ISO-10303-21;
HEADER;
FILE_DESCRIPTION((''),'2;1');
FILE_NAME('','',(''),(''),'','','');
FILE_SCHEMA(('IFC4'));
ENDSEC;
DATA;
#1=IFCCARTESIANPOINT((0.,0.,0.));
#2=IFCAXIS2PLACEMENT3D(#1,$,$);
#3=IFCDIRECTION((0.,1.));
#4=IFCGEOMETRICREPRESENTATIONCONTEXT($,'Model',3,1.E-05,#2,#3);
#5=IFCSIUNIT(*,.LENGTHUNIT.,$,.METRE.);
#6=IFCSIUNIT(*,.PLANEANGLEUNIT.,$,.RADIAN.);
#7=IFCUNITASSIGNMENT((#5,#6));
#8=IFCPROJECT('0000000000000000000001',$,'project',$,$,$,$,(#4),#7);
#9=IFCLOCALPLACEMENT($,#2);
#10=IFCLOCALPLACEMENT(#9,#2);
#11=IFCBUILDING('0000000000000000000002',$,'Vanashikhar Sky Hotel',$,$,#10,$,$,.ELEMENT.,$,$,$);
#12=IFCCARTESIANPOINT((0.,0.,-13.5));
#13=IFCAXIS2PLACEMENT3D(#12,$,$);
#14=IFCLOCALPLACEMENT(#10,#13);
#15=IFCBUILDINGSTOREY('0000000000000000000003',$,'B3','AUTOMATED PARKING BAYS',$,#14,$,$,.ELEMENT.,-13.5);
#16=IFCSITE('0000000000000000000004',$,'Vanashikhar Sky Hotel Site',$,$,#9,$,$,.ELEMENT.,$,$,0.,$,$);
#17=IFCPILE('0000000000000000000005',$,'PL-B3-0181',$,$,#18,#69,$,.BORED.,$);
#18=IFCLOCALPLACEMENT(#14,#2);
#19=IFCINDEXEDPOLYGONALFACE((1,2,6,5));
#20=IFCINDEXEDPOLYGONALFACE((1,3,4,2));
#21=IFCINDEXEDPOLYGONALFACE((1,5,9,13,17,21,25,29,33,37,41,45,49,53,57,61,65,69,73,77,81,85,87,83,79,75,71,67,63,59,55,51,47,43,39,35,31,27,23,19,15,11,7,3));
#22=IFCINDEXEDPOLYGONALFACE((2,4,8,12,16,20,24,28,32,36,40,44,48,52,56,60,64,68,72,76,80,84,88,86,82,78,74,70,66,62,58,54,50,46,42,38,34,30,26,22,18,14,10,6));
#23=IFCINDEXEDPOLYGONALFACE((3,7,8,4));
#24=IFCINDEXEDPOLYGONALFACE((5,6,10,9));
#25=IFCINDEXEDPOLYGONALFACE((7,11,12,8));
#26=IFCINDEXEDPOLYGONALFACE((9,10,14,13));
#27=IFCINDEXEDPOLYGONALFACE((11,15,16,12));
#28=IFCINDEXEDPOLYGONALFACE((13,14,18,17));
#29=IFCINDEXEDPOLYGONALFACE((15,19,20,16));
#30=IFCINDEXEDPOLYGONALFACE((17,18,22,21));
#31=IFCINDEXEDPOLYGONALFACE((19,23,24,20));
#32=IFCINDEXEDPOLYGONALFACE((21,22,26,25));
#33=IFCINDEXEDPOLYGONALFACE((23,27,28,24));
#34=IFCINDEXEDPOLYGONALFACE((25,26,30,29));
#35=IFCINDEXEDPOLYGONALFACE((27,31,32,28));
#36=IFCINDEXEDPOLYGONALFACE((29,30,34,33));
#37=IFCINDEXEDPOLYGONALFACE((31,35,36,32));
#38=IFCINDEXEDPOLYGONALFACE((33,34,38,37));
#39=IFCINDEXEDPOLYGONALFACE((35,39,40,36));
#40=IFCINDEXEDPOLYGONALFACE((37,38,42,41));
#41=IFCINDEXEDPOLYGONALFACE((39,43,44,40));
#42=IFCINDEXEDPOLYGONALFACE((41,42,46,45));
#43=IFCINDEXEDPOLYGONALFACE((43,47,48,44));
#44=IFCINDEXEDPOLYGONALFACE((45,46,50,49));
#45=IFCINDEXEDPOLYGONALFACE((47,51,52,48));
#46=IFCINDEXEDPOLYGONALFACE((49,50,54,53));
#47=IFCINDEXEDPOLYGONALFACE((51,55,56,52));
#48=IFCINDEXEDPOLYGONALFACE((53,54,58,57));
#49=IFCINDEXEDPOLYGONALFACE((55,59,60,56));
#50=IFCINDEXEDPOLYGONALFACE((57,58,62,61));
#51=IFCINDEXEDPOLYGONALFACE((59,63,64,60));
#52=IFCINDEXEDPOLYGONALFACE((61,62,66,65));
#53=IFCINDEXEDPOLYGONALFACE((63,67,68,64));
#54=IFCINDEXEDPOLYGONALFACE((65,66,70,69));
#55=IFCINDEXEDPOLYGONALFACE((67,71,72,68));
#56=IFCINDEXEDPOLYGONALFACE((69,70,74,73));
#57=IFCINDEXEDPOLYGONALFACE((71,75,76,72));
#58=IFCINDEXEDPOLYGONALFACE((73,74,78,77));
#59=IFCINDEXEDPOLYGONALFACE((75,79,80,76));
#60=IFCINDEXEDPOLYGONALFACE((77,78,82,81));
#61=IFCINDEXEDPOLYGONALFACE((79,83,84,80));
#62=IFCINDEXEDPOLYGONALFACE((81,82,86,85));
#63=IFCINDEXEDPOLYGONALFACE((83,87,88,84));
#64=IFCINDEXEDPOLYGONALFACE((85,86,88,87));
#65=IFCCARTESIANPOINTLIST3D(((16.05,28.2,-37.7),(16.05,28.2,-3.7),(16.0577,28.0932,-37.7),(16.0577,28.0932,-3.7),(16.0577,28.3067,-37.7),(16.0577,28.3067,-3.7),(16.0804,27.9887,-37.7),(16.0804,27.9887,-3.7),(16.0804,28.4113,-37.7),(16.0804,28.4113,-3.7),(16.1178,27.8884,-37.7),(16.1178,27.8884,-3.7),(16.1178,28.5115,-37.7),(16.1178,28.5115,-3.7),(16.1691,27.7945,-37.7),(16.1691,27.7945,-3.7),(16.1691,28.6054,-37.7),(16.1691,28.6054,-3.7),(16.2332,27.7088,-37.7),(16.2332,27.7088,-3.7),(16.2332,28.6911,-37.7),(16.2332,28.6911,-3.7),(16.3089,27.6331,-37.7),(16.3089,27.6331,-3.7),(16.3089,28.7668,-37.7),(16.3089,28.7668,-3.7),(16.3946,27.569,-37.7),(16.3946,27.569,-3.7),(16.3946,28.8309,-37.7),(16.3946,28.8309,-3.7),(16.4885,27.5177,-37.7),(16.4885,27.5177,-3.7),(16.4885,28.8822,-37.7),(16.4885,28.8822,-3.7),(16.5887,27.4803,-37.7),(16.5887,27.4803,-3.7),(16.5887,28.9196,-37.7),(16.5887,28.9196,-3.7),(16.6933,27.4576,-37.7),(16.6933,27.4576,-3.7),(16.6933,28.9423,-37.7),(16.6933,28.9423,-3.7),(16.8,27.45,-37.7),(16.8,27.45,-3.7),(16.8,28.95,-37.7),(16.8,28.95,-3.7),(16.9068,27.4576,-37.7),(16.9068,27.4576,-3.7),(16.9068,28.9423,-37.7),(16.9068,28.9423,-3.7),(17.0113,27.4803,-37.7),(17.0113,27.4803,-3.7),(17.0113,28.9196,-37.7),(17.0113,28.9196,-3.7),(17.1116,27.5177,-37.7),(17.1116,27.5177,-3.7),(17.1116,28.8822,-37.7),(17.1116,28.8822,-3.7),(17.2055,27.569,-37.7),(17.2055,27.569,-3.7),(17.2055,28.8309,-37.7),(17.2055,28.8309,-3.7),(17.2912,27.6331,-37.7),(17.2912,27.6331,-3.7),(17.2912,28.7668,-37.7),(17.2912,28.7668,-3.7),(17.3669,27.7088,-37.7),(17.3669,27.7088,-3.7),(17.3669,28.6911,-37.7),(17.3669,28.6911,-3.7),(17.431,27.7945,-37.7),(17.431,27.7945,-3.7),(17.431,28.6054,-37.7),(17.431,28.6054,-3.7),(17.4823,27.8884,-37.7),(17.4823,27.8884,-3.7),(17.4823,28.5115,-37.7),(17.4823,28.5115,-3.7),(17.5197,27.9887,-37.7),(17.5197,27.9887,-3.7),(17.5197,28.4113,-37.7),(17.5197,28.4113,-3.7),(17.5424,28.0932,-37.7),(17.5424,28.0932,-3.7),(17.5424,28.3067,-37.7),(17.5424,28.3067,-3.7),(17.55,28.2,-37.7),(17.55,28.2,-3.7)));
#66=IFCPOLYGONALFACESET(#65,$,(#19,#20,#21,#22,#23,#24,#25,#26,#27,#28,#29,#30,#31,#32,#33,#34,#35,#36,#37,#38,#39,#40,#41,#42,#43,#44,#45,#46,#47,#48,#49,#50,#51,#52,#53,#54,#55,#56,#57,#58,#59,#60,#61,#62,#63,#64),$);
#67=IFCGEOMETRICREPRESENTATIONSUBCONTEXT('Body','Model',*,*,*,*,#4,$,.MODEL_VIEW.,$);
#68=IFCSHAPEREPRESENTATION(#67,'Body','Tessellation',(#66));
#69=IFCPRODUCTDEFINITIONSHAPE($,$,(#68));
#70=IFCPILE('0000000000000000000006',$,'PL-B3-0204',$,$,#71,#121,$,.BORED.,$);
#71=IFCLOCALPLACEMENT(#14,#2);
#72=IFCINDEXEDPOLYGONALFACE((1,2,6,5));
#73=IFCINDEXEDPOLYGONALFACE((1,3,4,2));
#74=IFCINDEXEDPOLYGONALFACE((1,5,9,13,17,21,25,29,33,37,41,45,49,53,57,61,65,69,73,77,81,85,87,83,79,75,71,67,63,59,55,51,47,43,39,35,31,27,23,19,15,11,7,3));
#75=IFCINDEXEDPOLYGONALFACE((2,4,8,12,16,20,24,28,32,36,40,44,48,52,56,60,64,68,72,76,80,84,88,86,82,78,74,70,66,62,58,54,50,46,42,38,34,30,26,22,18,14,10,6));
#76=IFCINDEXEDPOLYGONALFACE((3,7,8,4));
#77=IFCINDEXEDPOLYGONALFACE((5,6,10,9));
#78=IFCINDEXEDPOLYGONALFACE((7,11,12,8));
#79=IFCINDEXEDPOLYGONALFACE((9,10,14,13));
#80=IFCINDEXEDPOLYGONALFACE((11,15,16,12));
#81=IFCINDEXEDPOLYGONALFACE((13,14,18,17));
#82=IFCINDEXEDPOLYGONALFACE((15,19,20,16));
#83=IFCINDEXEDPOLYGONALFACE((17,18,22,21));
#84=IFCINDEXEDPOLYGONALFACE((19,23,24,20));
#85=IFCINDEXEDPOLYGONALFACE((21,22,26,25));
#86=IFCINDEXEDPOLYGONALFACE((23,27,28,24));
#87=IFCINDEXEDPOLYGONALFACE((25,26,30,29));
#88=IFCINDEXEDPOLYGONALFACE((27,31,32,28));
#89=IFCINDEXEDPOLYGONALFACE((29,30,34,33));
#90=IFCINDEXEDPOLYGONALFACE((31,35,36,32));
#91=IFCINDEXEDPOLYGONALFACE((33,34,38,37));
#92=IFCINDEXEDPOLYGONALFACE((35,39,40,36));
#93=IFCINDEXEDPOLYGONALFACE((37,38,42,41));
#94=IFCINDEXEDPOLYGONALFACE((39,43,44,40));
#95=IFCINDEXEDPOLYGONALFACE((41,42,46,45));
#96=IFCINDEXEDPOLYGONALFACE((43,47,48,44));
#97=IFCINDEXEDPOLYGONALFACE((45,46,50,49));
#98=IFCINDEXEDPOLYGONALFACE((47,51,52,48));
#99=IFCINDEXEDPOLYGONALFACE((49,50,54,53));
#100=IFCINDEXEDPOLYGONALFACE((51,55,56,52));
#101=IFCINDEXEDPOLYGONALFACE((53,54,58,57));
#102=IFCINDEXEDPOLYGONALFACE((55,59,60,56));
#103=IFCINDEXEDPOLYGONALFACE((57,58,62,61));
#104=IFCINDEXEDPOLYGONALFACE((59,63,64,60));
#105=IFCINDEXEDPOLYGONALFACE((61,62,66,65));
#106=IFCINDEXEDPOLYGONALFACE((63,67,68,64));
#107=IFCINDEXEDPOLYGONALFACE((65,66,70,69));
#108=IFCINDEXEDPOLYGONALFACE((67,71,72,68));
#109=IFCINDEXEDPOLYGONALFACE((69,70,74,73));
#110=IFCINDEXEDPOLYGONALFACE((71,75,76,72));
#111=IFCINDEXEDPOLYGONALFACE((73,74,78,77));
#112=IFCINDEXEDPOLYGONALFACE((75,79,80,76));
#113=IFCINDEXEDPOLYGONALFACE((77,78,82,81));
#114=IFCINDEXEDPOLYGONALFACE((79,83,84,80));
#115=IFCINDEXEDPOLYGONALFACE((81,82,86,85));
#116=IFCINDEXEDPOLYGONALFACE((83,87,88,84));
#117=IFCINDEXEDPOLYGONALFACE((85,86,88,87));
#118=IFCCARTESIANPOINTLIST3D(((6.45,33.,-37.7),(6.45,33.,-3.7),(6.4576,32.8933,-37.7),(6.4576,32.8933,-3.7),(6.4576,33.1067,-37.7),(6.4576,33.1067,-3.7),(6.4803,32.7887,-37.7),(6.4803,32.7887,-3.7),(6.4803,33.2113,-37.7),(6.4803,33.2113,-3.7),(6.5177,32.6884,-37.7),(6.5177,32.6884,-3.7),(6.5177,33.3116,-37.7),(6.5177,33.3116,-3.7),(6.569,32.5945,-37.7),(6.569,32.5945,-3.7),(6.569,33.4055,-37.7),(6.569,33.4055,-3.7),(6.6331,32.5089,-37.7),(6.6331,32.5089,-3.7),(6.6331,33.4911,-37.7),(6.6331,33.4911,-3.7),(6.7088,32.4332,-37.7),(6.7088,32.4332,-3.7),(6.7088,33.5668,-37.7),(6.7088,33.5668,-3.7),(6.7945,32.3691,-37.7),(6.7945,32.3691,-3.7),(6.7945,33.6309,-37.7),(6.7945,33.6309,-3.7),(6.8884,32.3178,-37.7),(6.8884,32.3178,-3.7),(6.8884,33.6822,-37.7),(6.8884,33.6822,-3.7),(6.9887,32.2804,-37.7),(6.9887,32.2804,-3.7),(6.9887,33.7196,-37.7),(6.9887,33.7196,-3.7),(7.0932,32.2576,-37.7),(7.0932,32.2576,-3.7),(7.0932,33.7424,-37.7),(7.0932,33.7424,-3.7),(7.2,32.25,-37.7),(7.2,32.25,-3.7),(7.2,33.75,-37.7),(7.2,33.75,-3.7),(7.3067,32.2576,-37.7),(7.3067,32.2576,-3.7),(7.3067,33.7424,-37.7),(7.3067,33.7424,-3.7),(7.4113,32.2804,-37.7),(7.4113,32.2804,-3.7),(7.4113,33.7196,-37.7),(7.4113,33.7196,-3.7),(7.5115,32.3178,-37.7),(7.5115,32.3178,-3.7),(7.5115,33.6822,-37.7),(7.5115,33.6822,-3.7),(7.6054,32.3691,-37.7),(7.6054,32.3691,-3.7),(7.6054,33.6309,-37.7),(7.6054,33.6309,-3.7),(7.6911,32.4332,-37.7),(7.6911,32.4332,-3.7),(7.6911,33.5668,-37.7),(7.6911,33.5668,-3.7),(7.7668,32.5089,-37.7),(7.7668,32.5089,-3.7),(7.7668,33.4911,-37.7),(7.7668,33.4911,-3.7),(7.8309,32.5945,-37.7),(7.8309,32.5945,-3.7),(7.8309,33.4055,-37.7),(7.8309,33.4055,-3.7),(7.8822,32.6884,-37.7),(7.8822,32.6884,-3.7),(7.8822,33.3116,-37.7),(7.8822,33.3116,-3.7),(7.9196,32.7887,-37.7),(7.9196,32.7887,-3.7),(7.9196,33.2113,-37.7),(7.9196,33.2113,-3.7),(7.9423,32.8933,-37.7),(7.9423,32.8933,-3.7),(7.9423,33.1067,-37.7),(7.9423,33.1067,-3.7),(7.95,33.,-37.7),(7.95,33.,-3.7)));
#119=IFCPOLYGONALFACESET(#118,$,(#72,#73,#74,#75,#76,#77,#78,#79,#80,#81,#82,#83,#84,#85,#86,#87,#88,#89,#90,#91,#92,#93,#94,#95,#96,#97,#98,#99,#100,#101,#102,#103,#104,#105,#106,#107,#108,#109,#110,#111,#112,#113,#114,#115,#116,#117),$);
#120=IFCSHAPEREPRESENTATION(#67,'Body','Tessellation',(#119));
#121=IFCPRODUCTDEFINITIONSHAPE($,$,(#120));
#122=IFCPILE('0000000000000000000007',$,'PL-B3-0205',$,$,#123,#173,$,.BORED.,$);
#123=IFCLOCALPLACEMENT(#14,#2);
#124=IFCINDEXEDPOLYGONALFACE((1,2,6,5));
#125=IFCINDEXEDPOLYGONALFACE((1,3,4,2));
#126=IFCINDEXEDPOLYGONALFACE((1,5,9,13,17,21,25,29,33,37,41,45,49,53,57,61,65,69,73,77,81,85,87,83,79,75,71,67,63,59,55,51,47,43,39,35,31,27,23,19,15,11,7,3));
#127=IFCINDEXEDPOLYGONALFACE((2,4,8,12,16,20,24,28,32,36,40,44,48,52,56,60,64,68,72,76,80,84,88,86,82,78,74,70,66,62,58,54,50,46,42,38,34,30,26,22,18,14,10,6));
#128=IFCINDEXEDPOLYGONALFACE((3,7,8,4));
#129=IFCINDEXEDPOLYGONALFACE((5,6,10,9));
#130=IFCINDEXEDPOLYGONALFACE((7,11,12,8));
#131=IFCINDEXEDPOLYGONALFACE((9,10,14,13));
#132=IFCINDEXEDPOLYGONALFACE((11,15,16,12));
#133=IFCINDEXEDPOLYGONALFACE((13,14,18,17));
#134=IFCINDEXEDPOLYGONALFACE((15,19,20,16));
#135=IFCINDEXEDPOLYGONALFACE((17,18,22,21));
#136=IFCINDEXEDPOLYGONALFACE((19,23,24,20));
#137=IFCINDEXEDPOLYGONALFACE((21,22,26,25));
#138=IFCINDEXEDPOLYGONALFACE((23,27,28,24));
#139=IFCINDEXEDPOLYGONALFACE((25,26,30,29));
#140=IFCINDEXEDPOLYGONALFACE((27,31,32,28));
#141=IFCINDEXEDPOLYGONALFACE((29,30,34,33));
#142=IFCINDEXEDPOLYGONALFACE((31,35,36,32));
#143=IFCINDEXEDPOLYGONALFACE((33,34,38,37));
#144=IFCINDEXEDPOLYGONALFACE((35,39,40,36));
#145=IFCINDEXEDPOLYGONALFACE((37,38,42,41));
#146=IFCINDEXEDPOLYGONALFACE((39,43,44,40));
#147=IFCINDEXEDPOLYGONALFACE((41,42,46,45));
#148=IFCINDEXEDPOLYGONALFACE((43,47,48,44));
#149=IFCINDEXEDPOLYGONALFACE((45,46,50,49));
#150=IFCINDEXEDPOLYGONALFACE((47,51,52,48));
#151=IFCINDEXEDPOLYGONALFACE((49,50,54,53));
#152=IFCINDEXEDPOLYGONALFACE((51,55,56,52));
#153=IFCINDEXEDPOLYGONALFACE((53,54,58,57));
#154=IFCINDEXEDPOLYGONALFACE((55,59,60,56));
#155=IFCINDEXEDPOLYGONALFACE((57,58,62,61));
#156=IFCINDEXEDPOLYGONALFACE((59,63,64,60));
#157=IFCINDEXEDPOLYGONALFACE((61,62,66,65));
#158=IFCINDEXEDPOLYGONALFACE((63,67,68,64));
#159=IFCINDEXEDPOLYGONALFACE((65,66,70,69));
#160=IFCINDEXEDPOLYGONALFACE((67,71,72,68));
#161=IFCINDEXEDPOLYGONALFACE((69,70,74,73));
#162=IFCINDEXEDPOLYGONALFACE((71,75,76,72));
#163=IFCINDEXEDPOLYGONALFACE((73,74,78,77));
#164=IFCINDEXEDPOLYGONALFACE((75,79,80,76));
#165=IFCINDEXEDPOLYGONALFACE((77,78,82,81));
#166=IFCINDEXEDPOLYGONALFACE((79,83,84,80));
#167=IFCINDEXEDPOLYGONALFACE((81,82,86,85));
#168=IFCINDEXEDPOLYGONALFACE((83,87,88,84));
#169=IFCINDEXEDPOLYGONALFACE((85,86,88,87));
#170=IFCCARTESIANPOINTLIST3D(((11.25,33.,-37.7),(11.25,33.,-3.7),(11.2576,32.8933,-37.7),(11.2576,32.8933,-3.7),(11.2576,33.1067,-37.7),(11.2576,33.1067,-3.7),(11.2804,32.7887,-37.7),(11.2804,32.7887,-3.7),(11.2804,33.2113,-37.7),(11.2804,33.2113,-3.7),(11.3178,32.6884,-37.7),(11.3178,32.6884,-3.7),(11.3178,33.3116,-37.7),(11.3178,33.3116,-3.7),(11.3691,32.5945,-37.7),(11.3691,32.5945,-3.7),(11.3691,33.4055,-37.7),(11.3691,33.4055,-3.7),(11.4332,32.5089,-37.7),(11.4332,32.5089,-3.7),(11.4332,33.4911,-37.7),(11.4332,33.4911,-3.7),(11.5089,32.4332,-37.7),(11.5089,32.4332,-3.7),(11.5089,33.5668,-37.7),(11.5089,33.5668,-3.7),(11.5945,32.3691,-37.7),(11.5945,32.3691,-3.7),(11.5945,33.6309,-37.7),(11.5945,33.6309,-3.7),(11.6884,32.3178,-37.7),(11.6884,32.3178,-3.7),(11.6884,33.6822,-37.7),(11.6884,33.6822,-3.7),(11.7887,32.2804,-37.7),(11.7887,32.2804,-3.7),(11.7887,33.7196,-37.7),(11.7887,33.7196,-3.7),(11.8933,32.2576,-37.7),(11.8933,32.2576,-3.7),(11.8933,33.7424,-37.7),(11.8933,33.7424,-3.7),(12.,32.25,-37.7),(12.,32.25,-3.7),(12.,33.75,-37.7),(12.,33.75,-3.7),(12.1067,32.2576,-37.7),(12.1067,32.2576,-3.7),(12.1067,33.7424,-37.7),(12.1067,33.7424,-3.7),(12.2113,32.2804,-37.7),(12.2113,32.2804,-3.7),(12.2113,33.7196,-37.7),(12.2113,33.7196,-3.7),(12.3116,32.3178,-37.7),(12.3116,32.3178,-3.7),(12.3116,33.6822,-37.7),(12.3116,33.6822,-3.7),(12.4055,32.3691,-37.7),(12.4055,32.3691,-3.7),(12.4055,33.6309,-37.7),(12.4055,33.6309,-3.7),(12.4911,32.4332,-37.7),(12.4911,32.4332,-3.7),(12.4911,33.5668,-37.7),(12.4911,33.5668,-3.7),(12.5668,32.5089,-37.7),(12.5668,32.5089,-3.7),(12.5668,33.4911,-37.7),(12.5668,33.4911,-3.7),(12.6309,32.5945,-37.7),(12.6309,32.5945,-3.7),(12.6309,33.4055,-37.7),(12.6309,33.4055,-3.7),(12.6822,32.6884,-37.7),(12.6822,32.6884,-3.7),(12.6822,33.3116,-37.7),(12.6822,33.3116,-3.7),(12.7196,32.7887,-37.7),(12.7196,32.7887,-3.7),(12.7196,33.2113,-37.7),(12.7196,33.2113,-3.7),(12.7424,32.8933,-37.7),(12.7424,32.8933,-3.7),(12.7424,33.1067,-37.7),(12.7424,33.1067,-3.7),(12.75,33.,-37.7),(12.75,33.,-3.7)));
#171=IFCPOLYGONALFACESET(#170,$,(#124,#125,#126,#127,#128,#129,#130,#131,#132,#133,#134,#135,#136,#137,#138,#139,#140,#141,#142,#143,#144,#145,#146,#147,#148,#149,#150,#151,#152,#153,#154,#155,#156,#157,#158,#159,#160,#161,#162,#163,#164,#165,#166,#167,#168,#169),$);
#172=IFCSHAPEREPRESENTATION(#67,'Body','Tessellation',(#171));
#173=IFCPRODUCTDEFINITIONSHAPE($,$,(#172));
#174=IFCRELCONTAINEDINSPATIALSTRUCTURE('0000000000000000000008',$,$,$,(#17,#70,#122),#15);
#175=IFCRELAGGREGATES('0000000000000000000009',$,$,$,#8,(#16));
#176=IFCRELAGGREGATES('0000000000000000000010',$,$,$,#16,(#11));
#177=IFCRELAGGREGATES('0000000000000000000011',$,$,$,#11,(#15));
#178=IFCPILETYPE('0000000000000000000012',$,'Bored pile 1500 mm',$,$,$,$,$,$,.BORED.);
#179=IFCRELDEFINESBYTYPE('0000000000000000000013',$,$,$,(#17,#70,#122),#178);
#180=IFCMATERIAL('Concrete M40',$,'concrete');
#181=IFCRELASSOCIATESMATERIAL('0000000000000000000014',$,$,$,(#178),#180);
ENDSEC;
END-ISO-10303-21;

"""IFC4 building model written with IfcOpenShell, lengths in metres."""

from ifc_helpers import new_model, si_unit, direction, frame, origin, origin_2d, place, context, subcontext, project, spatial, circle, extrude, source, transform, mapped, material, type_object, element, save


model = new_model("IFC4")

# Units and contexts
model_context = context("Model", 3, precision=1e-05, world=origin(), true_north=direction((0.0, 1.0)))
body_context = subcontext(model_context, "Body", "Model", "MODEL_VIEW")
ifc_project = project(units=[si_unit("LENGTHUNIT", "METRE"), si_unit("PLANEANGLEUNIT", "RADIAN")], contexts=[model_context])

# Site, building, storey
site_placement = place(None, origin())
site = spatial("IfcSite", under=ifc_project, at=site_placement, Name="Vanashikhar Sky Hotel Site", CompositionType="ELEMENT", RefElevation=0.0)
building_placement = place(site_placement, origin())
building = spatial("IfcBuilding", under=site, at=building_placement, Name="Vanashikhar Sky Hotel", CompositionType="ELEMENT")
storey_placement = place(building_placement, frame((0.0, 0.0, -13.5)))
storey = spatial("IfcBuildingStorey", under=building, at=storey_placement, Name="B3", Description="AUTOMATED PARKING BAYS", CompositionType="ELEMENT", Elevation=-13.5)

# Piles
ifc_material_1 = material(Name="Concrete M40", Category="concrete")
pile_type = type_object("IfcPileType", Name="Bored pile 1500 mm", PredefinedType="BORED", material=ifc_material_1)
shared_shape_1 = source(origin(), body_context, "Body", "SweptSolid", [
    extrude(circle(Radius=0.75, at=origin_2d()), origin(), (0.0, 0.0, 1.0), 34.0),
])
for number, where, z_axis, x_axis, name in (
    (1, (16.8, 28.2, -3.7), (0.0, 0.0, -1.0), (1.0, 0.0, 0.0), "PL-B3-0181"),
    (2, (7.2, 33.0, -3.7), (0.0, 0.0, -1.0), (1.0, 0.0, 0.0), "PL-B3-0204"),
    (3, (12.0, 33.0, -3.7), (0.0, 0.0, -1.0), (1.0, 0.0, 0.0), "PL-B3-0205"),
):
    element("IfcPile", number, at=place(storey_placement, frame(where, z_axis=z_axis, x_axis=x_axis)), inside=storey, type_object=pile_type, Name=name, PredefinedType="BORED", context=body_context, shape_type="MappedRepresentation", body=[
        mapped(shared_shape_1, transform((0.0, 0.0, 0.0), scale=1.0)),
    ])

save(model, "model.ifc")
